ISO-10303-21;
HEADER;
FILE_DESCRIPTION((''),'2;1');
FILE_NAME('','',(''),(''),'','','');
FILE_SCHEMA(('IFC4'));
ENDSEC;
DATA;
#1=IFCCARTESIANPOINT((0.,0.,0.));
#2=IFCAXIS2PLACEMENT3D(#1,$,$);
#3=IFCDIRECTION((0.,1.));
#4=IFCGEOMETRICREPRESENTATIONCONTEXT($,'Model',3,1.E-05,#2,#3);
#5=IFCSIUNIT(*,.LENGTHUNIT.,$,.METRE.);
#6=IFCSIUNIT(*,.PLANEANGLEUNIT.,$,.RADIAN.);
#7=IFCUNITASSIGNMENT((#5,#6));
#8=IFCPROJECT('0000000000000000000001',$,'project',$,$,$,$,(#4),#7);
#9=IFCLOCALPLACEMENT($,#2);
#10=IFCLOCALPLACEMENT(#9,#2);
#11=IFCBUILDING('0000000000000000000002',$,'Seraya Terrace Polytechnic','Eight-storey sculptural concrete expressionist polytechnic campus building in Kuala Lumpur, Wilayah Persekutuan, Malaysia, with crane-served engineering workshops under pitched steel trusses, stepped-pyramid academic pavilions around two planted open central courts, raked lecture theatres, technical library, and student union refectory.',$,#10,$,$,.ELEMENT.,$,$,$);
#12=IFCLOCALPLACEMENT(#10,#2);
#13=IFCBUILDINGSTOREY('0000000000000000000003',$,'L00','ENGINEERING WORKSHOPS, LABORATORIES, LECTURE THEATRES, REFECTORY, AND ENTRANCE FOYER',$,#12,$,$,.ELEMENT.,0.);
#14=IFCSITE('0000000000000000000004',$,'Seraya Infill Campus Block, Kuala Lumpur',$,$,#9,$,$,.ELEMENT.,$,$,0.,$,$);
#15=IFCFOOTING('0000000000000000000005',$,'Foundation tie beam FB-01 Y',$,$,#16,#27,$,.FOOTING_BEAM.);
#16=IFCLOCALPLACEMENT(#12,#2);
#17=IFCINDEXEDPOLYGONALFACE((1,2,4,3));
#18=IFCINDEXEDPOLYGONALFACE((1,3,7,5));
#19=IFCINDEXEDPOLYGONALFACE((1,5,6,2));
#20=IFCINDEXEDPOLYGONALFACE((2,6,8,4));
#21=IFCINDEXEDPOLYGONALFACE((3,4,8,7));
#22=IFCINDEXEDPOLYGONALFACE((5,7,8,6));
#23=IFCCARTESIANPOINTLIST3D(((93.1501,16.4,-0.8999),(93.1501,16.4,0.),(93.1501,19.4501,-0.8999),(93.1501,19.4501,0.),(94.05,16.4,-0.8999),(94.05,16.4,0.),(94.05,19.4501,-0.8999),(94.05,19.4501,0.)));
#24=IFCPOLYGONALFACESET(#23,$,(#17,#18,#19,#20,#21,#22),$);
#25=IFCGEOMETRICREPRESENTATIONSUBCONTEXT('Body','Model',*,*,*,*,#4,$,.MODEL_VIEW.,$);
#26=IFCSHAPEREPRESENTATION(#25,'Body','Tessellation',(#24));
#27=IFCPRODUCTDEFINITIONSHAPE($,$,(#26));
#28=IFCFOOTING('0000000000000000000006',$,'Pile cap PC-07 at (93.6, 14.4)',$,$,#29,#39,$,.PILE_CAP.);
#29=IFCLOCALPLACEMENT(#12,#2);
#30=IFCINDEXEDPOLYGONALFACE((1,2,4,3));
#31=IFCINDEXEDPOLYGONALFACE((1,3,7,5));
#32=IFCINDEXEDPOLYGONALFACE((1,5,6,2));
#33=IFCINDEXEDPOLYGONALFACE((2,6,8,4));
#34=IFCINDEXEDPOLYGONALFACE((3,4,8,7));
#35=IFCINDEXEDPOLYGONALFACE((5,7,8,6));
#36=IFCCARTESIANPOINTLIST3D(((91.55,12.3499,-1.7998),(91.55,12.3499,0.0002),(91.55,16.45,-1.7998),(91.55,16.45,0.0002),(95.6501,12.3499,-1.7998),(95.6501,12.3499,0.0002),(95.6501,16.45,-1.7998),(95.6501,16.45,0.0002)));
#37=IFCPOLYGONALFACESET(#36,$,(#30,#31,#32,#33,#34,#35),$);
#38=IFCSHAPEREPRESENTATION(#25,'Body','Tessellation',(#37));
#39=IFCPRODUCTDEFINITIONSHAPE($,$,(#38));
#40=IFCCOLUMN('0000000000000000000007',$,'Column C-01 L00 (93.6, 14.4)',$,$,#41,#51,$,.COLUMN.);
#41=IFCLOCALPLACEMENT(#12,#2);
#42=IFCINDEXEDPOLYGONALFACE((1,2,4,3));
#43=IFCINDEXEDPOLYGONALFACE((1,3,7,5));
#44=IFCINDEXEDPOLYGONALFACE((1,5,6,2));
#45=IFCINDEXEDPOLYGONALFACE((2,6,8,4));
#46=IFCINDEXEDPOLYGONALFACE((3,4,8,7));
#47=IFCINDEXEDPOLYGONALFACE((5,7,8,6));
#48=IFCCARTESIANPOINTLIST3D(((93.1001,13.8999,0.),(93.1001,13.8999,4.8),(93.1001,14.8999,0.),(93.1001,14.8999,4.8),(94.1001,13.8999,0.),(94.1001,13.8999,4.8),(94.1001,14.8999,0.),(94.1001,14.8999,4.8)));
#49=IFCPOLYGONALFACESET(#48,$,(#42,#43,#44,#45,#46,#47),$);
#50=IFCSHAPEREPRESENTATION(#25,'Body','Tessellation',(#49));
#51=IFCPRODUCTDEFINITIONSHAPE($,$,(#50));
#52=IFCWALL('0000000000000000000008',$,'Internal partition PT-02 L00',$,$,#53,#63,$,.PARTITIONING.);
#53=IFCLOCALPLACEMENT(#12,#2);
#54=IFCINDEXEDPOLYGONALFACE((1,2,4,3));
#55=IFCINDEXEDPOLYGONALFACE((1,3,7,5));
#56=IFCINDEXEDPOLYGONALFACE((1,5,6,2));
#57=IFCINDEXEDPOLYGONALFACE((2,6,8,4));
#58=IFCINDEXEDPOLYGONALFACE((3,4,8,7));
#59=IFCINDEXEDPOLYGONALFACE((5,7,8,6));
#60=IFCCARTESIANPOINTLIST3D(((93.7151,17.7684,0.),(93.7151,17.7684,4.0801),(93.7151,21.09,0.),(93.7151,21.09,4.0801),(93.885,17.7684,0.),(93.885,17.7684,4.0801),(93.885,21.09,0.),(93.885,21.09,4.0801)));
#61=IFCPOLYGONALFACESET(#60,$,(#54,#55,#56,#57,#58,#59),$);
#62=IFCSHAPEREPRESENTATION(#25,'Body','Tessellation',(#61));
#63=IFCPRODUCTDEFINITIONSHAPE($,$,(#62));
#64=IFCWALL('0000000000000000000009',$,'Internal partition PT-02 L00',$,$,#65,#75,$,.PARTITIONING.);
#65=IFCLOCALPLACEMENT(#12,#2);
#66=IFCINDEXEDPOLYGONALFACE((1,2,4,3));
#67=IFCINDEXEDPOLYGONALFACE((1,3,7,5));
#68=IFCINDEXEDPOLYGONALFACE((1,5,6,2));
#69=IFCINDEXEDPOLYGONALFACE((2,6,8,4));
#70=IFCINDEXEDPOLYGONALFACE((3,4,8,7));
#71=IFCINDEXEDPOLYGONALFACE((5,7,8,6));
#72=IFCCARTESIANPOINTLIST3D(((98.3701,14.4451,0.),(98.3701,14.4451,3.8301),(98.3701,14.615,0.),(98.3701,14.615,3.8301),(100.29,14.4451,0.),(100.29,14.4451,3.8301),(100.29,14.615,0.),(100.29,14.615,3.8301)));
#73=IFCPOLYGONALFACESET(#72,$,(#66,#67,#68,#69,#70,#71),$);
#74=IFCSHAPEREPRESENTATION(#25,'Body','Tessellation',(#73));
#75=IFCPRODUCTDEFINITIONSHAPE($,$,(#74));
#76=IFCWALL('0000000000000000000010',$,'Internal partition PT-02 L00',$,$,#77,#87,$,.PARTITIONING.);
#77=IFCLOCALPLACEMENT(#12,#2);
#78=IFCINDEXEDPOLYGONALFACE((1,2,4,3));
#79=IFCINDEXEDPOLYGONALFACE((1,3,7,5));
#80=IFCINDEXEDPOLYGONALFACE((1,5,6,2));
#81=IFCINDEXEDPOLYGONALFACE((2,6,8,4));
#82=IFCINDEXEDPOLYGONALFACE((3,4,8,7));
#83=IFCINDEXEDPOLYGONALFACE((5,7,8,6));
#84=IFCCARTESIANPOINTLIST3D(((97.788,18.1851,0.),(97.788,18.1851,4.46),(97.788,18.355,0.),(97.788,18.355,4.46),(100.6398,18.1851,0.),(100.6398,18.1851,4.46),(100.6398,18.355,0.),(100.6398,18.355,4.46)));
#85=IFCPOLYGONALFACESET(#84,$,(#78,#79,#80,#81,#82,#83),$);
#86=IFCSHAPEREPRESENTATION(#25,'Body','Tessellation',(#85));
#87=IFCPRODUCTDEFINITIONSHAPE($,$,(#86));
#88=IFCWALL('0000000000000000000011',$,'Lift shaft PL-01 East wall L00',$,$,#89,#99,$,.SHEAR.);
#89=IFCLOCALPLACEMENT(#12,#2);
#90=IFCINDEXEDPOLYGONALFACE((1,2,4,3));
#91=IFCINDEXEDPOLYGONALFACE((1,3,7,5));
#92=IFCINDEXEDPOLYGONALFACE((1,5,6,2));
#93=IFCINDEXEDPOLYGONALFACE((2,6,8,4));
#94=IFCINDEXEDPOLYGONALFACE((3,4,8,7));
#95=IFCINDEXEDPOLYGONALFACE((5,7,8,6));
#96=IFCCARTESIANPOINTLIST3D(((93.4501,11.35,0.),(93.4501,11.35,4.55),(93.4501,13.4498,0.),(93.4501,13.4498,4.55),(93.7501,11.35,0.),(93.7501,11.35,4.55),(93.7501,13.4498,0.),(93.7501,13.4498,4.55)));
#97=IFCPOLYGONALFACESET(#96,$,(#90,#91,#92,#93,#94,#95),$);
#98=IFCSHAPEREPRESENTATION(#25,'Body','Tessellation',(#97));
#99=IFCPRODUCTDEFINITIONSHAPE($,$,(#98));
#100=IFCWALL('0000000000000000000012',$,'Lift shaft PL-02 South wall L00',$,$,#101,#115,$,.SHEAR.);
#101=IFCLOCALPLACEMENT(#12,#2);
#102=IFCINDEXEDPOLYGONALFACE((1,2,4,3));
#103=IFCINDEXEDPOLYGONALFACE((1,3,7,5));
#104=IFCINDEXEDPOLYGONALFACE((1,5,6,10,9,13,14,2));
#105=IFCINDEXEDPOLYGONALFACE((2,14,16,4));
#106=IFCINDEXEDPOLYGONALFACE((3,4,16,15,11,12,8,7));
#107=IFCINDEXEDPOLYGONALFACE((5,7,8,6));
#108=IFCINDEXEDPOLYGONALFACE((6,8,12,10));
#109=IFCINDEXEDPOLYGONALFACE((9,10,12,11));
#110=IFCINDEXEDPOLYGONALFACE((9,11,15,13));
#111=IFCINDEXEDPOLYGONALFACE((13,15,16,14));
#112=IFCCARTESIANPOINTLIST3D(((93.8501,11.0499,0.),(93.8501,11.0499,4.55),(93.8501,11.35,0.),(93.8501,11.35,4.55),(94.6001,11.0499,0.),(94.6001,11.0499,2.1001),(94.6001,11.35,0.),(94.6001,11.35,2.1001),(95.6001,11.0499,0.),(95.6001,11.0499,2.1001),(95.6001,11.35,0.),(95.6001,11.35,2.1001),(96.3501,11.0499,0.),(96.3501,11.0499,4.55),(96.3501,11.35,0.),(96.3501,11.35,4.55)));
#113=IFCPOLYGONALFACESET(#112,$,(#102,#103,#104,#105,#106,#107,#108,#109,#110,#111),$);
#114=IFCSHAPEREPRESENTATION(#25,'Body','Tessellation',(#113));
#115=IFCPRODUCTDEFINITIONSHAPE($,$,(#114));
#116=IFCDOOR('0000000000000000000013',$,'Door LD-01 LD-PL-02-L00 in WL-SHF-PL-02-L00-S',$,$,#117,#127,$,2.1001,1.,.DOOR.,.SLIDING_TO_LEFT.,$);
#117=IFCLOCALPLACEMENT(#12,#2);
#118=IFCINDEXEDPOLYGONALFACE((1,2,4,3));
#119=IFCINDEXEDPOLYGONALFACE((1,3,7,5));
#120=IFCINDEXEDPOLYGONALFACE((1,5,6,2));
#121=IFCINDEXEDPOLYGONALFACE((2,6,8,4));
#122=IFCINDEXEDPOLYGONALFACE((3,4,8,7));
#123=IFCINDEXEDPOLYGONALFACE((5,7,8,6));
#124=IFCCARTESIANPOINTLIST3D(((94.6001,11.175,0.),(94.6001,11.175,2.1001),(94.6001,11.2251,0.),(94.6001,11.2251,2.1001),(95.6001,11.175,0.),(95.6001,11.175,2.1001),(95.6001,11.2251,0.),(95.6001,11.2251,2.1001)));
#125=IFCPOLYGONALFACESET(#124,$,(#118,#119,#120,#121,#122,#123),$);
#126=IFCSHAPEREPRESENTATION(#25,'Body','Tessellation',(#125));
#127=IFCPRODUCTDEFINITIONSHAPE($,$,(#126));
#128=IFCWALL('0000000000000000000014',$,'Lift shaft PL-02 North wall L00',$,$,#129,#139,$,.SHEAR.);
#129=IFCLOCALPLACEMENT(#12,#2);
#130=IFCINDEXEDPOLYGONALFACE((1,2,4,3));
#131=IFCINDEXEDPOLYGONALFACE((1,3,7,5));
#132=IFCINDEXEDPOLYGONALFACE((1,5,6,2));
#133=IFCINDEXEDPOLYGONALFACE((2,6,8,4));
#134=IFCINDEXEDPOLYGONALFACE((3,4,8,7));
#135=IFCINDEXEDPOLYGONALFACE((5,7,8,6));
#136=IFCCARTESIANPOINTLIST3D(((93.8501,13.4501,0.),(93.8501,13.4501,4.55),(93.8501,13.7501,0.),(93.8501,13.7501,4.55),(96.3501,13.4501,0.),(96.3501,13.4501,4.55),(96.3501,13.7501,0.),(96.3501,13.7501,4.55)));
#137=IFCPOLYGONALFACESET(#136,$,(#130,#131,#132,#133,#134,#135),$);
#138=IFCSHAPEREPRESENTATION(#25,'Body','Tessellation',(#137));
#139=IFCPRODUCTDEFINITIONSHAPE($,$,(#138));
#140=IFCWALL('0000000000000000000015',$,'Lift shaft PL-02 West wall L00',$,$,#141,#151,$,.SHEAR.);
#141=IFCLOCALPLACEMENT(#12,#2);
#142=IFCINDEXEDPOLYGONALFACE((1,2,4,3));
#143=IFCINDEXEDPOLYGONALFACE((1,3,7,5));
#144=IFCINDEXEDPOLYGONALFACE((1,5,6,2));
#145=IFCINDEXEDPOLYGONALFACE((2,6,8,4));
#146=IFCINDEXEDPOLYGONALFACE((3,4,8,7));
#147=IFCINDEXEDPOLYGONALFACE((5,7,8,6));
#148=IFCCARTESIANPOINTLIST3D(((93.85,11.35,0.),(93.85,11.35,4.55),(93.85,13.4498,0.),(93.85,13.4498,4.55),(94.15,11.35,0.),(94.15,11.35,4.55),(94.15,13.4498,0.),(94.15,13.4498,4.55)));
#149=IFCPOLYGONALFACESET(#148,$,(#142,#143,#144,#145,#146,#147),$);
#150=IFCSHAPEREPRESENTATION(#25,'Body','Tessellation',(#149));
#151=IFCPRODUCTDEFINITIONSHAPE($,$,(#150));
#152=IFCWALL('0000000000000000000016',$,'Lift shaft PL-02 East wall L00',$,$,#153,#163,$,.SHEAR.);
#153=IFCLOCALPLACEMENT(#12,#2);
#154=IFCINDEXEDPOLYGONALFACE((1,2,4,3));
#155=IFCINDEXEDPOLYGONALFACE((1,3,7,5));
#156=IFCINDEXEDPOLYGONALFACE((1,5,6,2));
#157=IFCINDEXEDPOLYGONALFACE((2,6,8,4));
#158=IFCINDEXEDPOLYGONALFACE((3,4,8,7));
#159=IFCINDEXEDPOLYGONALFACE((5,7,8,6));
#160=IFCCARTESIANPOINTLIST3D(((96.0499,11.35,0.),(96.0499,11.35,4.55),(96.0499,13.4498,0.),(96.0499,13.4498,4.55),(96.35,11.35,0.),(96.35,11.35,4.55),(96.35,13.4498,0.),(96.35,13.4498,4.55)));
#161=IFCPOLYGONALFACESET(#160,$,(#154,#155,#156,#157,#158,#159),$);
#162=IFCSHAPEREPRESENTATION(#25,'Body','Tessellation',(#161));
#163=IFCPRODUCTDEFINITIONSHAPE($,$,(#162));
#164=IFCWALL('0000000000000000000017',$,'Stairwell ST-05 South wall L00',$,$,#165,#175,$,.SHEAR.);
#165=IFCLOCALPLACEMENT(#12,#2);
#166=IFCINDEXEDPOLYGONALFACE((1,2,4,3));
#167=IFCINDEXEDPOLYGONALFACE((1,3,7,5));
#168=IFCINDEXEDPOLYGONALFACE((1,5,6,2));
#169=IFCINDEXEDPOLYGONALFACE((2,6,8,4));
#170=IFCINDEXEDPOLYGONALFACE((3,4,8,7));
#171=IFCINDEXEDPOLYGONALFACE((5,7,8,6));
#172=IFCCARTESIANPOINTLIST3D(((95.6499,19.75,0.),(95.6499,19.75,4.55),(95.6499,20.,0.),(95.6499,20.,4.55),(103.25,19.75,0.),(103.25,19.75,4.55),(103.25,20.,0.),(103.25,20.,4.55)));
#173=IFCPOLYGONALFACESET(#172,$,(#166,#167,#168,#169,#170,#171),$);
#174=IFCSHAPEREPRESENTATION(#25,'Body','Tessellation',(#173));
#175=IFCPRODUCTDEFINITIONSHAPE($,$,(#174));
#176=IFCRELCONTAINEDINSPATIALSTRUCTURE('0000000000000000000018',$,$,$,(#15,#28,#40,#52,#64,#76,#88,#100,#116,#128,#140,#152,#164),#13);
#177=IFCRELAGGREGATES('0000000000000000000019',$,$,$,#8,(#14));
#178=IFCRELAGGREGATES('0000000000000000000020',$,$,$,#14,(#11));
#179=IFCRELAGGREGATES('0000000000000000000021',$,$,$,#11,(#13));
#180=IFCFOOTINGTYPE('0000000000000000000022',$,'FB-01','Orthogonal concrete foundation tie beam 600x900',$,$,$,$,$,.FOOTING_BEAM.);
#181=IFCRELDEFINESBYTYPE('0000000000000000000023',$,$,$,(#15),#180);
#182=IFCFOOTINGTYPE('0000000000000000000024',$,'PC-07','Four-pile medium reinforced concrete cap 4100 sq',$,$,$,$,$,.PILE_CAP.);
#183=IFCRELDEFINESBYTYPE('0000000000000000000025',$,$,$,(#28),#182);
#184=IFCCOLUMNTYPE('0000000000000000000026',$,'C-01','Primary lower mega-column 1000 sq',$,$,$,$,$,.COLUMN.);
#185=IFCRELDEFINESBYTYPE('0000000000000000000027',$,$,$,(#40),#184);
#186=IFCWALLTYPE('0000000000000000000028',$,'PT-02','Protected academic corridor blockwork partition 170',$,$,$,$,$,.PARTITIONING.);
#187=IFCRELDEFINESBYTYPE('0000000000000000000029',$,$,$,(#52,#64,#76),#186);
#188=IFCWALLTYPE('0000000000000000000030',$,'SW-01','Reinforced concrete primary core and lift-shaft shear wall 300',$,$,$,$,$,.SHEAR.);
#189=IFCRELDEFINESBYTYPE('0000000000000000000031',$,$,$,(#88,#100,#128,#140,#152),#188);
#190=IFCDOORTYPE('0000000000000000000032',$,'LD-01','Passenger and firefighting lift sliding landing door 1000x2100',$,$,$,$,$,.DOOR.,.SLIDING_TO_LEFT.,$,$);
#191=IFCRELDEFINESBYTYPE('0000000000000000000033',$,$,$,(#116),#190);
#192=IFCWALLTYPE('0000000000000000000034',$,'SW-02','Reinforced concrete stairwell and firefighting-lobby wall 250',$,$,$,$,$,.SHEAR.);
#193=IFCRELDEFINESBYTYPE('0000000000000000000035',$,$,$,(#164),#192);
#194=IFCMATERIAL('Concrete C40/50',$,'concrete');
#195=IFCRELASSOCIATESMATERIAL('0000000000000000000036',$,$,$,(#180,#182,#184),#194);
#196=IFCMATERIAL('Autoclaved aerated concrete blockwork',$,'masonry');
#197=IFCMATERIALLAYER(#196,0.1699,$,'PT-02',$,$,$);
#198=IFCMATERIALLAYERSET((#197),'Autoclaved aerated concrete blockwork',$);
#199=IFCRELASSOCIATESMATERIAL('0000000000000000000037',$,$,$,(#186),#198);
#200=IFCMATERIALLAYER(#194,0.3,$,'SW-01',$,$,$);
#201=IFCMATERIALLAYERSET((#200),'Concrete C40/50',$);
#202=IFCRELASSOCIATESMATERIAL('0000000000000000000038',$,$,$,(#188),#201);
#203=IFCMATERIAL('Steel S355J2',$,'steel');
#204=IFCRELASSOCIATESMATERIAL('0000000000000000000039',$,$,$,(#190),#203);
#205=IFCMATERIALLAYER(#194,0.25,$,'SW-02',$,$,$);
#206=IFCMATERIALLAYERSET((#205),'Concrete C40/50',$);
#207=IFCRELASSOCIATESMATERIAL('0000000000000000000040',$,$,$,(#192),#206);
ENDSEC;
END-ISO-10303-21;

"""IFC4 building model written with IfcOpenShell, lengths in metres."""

from ifc_helpers import new_model, si_unit, direction, frame, frame_2d, origin, origin_2d, place, context, subcontext, project, spatial, rectangle, extrude, material, layer, layer_set, material_profile, profile_set, type_object, element, fill, save


model = new_model("IFC4")

# Units and contexts
model_context = context("Model", 3, precision=1e-05, world=origin(), true_north=direction((0.0, 1.0)))
body_context = subcontext(model_context, "Body", "Model", "MODEL_VIEW")
ifc_project = project(units=[si_unit("LENGTHUNIT", "METRE"), si_unit("PLANEANGLEUNIT", "RADIAN")], contexts=[model_context])

# Site, building, storey
site_placement = place(None, origin())
site = spatial("IfcSite", under=ifc_project, at=site_placement, Name="Seraya Infill Campus Block, Kuala Lumpur", CompositionType="ELEMENT", RefElevation=0.0)
building_placement = place(site_placement, origin())
building = spatial("IfcBuilding", under=site, at=building_placement, Name="Seraya Terrace Polytechnic", Description="Eight-storey sculptural concrete expressionist polytechnic campus building in Kuala Lumpur, Wilayah Persekutuan, Malaysia, with crane-served engineering workshops under pitched steel trusses, stepped-pyramid academic pavilions around two planted open central courts, raked lecture theatres, technical library, and student union refectory.", CompositionType="ELEMENT")
storey_placement = place(building_placement, origin())
storey = spatial("IfcBuildingStorey", under=building, at=storey_placement, Name="L00", Description="ENGINEERING WORKSHOPS, LABORATORIES, LECTURE THEATRES, REFECTORY, AND ENTRANCE FOYER", CompositionType="ELEMENT", Elevation=0.0)

# Shared definitions
ifc_material_1 = material(Name="Concrete C40/50", Category="concrete")

# Footings
footing_type_1 = type_object("IfcFootingType", Name="FB-01", Description="Orthogonal concrete foundation tie beam 600x900", PredefinedType="FOOTING_BEAM", material=ifc_material_1)
for number, where, z_axis, x_axis, name in (
    (1, (93.6001, 17.925, -0.8999), (0.0, 0.0, 1.0), (0.0, 1.0, 0.0), "Foundation tie beam FB-01 Y"),
):
    element("IfcFooting", number, at=place(storey_placement, frame(where, z_axis=z_axis, x_axis=x_axis)), inside=storey, type_object=footing_type_1, Name=name, PredefinedType="FOOTING_BEAM", context=body_context, shape_type="SweptSolid", body=[
        extrude(rectangle(XDim=3.05, YDim=0.8999, at=origin_2d()), origin(), (0.0, 0.0, 1.0), 0.8999),
    ])
footing_type_2 = type_object("IfcFootingType", Name="PC-07", Description="Four-pile medium reinforced concrete cap 4100 sq", PredefinedType="PILE_CAP", material=ifc_material_1)
footing_placement = place(storey_placement, frame((93.6001, 14.3999, -1.7998), z_axis=(0.0, 0.0, 1.0), x_axis=(1.0, 0.0, 0.0)))
element("IfcFooting", 2, at=footing_placement, inside=storey, type_object=footing_type_2, Name="Pile cap PC-07 at (93.6, 14.4)", PredefinedType="PILE_CAP", context=body_context, shape_type="SweptSolid", body=[
    extrude(rectangle(XDim=4.1001, YDim=4.1001, at=origin_2d()), origin(), (0.0, 0.0, 1.0), 1.8),
])

# Column
ifc_material_profile_1 = material_profile(ifc_material_1, rectangle(XDim=1.0, YDim=1.0, at=origin_2d()), Name="RC 1000x1000")
ifc_profile_set_1 = profile_set([ifc_material_profile_1], Name="Concrete C40/50")
column_type = type_object("IfcColumnType", Name="C-01", Description="Primary lower mega-column 1000 sq", PredefinedType="COLUMN", material=ifc_profile_set_1)
column_placement = place(storey_placement, frame((93.6001, 14.3999, 0.0), z_axis=(0.0, 0.0, 1.0), x_axis=(1.0, 0.0, 0.0)))
element("IfcColumn", 3, at=column_placement, inside=storey, type_object=column_type, Name="Column C-01 L00 (93.6, 14.4)", PredefinedType="COLUMN", context=body_context, shape_type="SweptSolid", body=[
    extrude(rectangle(XDim=1.0, YDim=1.0, at=origin_2d()), origin(), (0.0, 0.0, 1.0), 4.8),
])

# Walls
ifc_material_2 = material(Name="Autoclaved aerated concrete blockwork", Category="masonry")
ifc_layer_1 = layer(ifc_material_2, 0.1699, Name="PT-02")
ifc_layer_set_1 = layer_set([ifc_layer_1], Name="Autoclaved aerated concrete blockwork")
wall_type_1 = type_object("IfcWallType", Name="PT-02", Description="Protected academic corridor blockwork partition 170", PredefinedType="PARTITIONING", material=ifc_layer_set_1)
wall_1_placement = place(storey_placement, frame((93.8, 17.7686, 0.0), z_axis=(0.0, 0.0, 1.0), x_axis=(0.0, 1.0, 0.0)))
element("IfcWall", 4, at=wall_1_placement, inside=storey, type_object=wall_type_1, Name="Internal partition PT-02 L00", PredefinedType="PARTITIONING", context=body_context, shape_type="SweptSolid", body=[
    extrude(rectangle(XDim=3.3215, YDim=0.1699, at=frame_2d((1.6606, 0.0))), origin(), (0.0, 0.0, 1.0), 4.0801),
])
wall_2_placement = place(storey_placement, frame((98.3701, 14.53, 0.0), z_axis=(0.0, 0.0, 1.0), x_axis=(1.0, 0.0, 0.0)))
element("IfcWall", 5, at=wall_2_placement, inside=storey, type_object=wall_type_1, Name="Internal partition PT-02 L00", PredefinedType="PARTITIONING", context=body_context, shape_type="SweptSolid", body=[
    extrude(rectangle(XDim=1.9199, YDim=0.1699, at=frame_2d((0.96, 0.0))), origin(), (0.0, 0.0, 1.0), 3.8301),
])
wall_3_placement = place(storey_placement, frame((97.7881, 18.27, 0.0), z_axis=(0.0, 0.0, 1.0), x_axis=(1.0, 0.0, 0.0)))
element("IfcWall", 6, at=wall_3_placement, inside=storey, type_object=wall_type_1, Name="Internal partition PT-02 L00", PredefinedType="PARTITIONING", context=body_context, shape_type="SweptSolid", body=[
    extrude(rectangle(XDim=2.8518, YDim=0.1699, at=frame_2d((1.4258, 0.0))), origin(), (0.0, 0.0, 1.0), 4.46),
])
ifc_layer_2 = layer(ifc_material_1, 0.3, Name="SW-01")
ifc_layer_set_2 = layer_set([ifc_layer_2], Name="Concrete C40/50")
wall_type_2 = type_object("IfcWallType", Name="SW-01", Description="Reinforced concrete primary core and lift-shaft shear wall 300", PredefinedType="SHEAR", material=ifc_layer_set_2)
wall_4_placement = place(storey_placement, frame((93.6001, 11.3501, 0.0), z_axis=(0.0, 0.0, 1.0), x_axis=(0.0, 1.0, 0.0)))
element("IfcWall", 7, at=wall_4_placement, inside=storey, type_object=wall_type_2, Name="Lift shaft PL-01 East wall L00", PredefinedType="SHEAR", context=body_context, shape_type="SweptSolid", body=[
    extrude(rectangle(XDim=2.0999, YDim=0.3, at=frame_2d((1.0498, 0.0))), origin(), (0.0, 0.0, 1.0), 4.55),
])

# Wall, opening, door
wall_5_placement = place(storey_placement, frame((93.8501, 11.2, 0.0), z_axis=(0.0, 0.0, 1.0), x_axis=(1.0, 0.0, 0.0)))
wall_5 = element("IfcWall", 8, at=wall_5_placement, inside=storey, type_object=wall_type_2, Name="Lift shaft PL-02 South wall L00", PredefinedType="SHEAR", context=body_context, shape_type="SweptSolid", body=[
    extrude(rectangle(XDim=2.5, YDim=0.3, at=frame_2d((1.25, 0.0))), origin(), (0.0, 0.0, 1.0), 4.55),
])
opening_1_placement = place(wall_5_placement, frame((0.75, 0.0, 0.0)))
opening_1 = element("IfcOpeningElement", 9, at=opening_1_placement, cuts=wall_5, PredefinedType="OPENING", context=body_context, shape_type="SweptSolid", body=[
    extrude(rectangle(XDim=1.0, YDim=2.1001, at=frame_2d((0.5, 1.05))), frame((0.0, 0.1621, 0.0), z_axis=(0.0, -1.0, 0.0), x_axis=(1.0, 0.0, 0.0)), (0.0, 0.0, 1.0), 0.324),
])
ifc_material_3 = material(Name="Steel S355J2", Category="steel")
door_type_1 = type_object("IfcDoorType", Name="LD-01", Description="Passenger and firefighting lift sliding landing door 1000x2100", OperationType="SLIDING_TO_LEFT", PredefinedType="DOOR", material=ifc_material_3)
door_1_placement = place(opening_1_placement, frame((1.0, 0.0, 0.0), z_axis=(0.0, 0.0, 1.0), x_axis=(-1.0, 0.0, 0.0)))
door_1 = element("IfcDoor", 10, at=door_1_placement, inside=storey, type_object=door_type_1, Name="Door LD-01 LD-PL-02-L00 in WL-SHF-PL-02-L00-S", OperationType="SLIDING_TO_LEFT", OverallHeight=2.1001, OverallWidth=1.0, PredefinedType="DOOR", context=body_context, shape_type="SweptSolid", body=[
    extrude(rectangle(XDim=1.0, YDim=2.1001, at=frame_2d((0.5, 1.05))), frame((0.0, 0.0249, 0.0), z_axis=(0.0, -1.0, 0.0), x_axis=(1.0, 0.0, 0.0)), (0.0, 0.0, 1.0), 0.05),
])
fill(opening_1, door_1)

# Walls
wall_6_placement = place(storey_placement, frame((93.8501, 13.6001, 0.0), z_axis=(0.0, 0.0, 1.0), x_axis=(1.0, 0.0, 0.0)))
element("IfcWall", 11, at=wall_6_placement, inside=storey, type_object=wall_type_2, Name="Lift shaft PL-02 North wall L00", PredefinedType="SHEAR", context=body_context, shape_type="SweptSolid", body=[
    extrude(rectangle(XDim=2.5, YDim=0.3, at=frame_2d((1.25, 0.0))), origin(), (0.0, 0.0, 1.0), 4.55),
])
for number, where, z_axis, x_axis, name in (
    (12, (94.0, 11.3501, 0.0), (0.0, 0.0, 1.0), (0.0, 1.0, 0.0), "Lift shaft PL-02 West wall L00"),
    (13, (96.2, 11.3501, 0.0), (0.0, 0.0, 1.0), (0.0, 1.0, 0.0), "Lift shaft PL-02 East wall L00"),
):
    element("IfcWall", number, at=place(storey_placement, frame(where, z_axis=z_axis, x_axis=x_axis)), inside=storey, type_object=wall_type_2, Name=name, PredefinedType="SHEAR", context=body_context, shape_type="SweptSolid", body=[
        extrude(rectangle(XDim=2.0999, YDim=0.3, at=frame_2d((1.0498, 0.0))), origin(), (0.0, 0.0, 1.0), 4.55),
    ])

# Shared definitions
ifc_layer_3 = layer(ifc_material_1, 0.25, Name="SW-02")
ifc_layer_set_3 = layer_set([ifc_layer_3], Name="Concrete C40/50")
wall_type_3 = type_object("IfcWallType", Name="SW-02", Description="Reinforced concrete stairwell and firefighting-lobby wall 250", PredefinedType="SHEAR", material=ifc_layer_set_3)

# Wall
wall_7_placement = place(storey_placement, frame((95.6499, 19.875, 0.0), z_axis=(0.0, 0.0, 1.0), x_axis=(1.0, 0.0, 0.0)))
element("IfcWall", 14, at=wall_7_placement, inside=storey, type_object=wall_type_3, Name="Stairwell ST-05 South wall L00", PredefinedType="SHEAR", context=body_context, shape_type="SweptSolid", body=[
    extrude(rectangle(XDim=7.6001, YDim=0.25, at=frame_2d((3.8, 0.0))), origin(), (0.0, 0.0, 1.0), 4.55),
])

save(model, "model.ifc")
